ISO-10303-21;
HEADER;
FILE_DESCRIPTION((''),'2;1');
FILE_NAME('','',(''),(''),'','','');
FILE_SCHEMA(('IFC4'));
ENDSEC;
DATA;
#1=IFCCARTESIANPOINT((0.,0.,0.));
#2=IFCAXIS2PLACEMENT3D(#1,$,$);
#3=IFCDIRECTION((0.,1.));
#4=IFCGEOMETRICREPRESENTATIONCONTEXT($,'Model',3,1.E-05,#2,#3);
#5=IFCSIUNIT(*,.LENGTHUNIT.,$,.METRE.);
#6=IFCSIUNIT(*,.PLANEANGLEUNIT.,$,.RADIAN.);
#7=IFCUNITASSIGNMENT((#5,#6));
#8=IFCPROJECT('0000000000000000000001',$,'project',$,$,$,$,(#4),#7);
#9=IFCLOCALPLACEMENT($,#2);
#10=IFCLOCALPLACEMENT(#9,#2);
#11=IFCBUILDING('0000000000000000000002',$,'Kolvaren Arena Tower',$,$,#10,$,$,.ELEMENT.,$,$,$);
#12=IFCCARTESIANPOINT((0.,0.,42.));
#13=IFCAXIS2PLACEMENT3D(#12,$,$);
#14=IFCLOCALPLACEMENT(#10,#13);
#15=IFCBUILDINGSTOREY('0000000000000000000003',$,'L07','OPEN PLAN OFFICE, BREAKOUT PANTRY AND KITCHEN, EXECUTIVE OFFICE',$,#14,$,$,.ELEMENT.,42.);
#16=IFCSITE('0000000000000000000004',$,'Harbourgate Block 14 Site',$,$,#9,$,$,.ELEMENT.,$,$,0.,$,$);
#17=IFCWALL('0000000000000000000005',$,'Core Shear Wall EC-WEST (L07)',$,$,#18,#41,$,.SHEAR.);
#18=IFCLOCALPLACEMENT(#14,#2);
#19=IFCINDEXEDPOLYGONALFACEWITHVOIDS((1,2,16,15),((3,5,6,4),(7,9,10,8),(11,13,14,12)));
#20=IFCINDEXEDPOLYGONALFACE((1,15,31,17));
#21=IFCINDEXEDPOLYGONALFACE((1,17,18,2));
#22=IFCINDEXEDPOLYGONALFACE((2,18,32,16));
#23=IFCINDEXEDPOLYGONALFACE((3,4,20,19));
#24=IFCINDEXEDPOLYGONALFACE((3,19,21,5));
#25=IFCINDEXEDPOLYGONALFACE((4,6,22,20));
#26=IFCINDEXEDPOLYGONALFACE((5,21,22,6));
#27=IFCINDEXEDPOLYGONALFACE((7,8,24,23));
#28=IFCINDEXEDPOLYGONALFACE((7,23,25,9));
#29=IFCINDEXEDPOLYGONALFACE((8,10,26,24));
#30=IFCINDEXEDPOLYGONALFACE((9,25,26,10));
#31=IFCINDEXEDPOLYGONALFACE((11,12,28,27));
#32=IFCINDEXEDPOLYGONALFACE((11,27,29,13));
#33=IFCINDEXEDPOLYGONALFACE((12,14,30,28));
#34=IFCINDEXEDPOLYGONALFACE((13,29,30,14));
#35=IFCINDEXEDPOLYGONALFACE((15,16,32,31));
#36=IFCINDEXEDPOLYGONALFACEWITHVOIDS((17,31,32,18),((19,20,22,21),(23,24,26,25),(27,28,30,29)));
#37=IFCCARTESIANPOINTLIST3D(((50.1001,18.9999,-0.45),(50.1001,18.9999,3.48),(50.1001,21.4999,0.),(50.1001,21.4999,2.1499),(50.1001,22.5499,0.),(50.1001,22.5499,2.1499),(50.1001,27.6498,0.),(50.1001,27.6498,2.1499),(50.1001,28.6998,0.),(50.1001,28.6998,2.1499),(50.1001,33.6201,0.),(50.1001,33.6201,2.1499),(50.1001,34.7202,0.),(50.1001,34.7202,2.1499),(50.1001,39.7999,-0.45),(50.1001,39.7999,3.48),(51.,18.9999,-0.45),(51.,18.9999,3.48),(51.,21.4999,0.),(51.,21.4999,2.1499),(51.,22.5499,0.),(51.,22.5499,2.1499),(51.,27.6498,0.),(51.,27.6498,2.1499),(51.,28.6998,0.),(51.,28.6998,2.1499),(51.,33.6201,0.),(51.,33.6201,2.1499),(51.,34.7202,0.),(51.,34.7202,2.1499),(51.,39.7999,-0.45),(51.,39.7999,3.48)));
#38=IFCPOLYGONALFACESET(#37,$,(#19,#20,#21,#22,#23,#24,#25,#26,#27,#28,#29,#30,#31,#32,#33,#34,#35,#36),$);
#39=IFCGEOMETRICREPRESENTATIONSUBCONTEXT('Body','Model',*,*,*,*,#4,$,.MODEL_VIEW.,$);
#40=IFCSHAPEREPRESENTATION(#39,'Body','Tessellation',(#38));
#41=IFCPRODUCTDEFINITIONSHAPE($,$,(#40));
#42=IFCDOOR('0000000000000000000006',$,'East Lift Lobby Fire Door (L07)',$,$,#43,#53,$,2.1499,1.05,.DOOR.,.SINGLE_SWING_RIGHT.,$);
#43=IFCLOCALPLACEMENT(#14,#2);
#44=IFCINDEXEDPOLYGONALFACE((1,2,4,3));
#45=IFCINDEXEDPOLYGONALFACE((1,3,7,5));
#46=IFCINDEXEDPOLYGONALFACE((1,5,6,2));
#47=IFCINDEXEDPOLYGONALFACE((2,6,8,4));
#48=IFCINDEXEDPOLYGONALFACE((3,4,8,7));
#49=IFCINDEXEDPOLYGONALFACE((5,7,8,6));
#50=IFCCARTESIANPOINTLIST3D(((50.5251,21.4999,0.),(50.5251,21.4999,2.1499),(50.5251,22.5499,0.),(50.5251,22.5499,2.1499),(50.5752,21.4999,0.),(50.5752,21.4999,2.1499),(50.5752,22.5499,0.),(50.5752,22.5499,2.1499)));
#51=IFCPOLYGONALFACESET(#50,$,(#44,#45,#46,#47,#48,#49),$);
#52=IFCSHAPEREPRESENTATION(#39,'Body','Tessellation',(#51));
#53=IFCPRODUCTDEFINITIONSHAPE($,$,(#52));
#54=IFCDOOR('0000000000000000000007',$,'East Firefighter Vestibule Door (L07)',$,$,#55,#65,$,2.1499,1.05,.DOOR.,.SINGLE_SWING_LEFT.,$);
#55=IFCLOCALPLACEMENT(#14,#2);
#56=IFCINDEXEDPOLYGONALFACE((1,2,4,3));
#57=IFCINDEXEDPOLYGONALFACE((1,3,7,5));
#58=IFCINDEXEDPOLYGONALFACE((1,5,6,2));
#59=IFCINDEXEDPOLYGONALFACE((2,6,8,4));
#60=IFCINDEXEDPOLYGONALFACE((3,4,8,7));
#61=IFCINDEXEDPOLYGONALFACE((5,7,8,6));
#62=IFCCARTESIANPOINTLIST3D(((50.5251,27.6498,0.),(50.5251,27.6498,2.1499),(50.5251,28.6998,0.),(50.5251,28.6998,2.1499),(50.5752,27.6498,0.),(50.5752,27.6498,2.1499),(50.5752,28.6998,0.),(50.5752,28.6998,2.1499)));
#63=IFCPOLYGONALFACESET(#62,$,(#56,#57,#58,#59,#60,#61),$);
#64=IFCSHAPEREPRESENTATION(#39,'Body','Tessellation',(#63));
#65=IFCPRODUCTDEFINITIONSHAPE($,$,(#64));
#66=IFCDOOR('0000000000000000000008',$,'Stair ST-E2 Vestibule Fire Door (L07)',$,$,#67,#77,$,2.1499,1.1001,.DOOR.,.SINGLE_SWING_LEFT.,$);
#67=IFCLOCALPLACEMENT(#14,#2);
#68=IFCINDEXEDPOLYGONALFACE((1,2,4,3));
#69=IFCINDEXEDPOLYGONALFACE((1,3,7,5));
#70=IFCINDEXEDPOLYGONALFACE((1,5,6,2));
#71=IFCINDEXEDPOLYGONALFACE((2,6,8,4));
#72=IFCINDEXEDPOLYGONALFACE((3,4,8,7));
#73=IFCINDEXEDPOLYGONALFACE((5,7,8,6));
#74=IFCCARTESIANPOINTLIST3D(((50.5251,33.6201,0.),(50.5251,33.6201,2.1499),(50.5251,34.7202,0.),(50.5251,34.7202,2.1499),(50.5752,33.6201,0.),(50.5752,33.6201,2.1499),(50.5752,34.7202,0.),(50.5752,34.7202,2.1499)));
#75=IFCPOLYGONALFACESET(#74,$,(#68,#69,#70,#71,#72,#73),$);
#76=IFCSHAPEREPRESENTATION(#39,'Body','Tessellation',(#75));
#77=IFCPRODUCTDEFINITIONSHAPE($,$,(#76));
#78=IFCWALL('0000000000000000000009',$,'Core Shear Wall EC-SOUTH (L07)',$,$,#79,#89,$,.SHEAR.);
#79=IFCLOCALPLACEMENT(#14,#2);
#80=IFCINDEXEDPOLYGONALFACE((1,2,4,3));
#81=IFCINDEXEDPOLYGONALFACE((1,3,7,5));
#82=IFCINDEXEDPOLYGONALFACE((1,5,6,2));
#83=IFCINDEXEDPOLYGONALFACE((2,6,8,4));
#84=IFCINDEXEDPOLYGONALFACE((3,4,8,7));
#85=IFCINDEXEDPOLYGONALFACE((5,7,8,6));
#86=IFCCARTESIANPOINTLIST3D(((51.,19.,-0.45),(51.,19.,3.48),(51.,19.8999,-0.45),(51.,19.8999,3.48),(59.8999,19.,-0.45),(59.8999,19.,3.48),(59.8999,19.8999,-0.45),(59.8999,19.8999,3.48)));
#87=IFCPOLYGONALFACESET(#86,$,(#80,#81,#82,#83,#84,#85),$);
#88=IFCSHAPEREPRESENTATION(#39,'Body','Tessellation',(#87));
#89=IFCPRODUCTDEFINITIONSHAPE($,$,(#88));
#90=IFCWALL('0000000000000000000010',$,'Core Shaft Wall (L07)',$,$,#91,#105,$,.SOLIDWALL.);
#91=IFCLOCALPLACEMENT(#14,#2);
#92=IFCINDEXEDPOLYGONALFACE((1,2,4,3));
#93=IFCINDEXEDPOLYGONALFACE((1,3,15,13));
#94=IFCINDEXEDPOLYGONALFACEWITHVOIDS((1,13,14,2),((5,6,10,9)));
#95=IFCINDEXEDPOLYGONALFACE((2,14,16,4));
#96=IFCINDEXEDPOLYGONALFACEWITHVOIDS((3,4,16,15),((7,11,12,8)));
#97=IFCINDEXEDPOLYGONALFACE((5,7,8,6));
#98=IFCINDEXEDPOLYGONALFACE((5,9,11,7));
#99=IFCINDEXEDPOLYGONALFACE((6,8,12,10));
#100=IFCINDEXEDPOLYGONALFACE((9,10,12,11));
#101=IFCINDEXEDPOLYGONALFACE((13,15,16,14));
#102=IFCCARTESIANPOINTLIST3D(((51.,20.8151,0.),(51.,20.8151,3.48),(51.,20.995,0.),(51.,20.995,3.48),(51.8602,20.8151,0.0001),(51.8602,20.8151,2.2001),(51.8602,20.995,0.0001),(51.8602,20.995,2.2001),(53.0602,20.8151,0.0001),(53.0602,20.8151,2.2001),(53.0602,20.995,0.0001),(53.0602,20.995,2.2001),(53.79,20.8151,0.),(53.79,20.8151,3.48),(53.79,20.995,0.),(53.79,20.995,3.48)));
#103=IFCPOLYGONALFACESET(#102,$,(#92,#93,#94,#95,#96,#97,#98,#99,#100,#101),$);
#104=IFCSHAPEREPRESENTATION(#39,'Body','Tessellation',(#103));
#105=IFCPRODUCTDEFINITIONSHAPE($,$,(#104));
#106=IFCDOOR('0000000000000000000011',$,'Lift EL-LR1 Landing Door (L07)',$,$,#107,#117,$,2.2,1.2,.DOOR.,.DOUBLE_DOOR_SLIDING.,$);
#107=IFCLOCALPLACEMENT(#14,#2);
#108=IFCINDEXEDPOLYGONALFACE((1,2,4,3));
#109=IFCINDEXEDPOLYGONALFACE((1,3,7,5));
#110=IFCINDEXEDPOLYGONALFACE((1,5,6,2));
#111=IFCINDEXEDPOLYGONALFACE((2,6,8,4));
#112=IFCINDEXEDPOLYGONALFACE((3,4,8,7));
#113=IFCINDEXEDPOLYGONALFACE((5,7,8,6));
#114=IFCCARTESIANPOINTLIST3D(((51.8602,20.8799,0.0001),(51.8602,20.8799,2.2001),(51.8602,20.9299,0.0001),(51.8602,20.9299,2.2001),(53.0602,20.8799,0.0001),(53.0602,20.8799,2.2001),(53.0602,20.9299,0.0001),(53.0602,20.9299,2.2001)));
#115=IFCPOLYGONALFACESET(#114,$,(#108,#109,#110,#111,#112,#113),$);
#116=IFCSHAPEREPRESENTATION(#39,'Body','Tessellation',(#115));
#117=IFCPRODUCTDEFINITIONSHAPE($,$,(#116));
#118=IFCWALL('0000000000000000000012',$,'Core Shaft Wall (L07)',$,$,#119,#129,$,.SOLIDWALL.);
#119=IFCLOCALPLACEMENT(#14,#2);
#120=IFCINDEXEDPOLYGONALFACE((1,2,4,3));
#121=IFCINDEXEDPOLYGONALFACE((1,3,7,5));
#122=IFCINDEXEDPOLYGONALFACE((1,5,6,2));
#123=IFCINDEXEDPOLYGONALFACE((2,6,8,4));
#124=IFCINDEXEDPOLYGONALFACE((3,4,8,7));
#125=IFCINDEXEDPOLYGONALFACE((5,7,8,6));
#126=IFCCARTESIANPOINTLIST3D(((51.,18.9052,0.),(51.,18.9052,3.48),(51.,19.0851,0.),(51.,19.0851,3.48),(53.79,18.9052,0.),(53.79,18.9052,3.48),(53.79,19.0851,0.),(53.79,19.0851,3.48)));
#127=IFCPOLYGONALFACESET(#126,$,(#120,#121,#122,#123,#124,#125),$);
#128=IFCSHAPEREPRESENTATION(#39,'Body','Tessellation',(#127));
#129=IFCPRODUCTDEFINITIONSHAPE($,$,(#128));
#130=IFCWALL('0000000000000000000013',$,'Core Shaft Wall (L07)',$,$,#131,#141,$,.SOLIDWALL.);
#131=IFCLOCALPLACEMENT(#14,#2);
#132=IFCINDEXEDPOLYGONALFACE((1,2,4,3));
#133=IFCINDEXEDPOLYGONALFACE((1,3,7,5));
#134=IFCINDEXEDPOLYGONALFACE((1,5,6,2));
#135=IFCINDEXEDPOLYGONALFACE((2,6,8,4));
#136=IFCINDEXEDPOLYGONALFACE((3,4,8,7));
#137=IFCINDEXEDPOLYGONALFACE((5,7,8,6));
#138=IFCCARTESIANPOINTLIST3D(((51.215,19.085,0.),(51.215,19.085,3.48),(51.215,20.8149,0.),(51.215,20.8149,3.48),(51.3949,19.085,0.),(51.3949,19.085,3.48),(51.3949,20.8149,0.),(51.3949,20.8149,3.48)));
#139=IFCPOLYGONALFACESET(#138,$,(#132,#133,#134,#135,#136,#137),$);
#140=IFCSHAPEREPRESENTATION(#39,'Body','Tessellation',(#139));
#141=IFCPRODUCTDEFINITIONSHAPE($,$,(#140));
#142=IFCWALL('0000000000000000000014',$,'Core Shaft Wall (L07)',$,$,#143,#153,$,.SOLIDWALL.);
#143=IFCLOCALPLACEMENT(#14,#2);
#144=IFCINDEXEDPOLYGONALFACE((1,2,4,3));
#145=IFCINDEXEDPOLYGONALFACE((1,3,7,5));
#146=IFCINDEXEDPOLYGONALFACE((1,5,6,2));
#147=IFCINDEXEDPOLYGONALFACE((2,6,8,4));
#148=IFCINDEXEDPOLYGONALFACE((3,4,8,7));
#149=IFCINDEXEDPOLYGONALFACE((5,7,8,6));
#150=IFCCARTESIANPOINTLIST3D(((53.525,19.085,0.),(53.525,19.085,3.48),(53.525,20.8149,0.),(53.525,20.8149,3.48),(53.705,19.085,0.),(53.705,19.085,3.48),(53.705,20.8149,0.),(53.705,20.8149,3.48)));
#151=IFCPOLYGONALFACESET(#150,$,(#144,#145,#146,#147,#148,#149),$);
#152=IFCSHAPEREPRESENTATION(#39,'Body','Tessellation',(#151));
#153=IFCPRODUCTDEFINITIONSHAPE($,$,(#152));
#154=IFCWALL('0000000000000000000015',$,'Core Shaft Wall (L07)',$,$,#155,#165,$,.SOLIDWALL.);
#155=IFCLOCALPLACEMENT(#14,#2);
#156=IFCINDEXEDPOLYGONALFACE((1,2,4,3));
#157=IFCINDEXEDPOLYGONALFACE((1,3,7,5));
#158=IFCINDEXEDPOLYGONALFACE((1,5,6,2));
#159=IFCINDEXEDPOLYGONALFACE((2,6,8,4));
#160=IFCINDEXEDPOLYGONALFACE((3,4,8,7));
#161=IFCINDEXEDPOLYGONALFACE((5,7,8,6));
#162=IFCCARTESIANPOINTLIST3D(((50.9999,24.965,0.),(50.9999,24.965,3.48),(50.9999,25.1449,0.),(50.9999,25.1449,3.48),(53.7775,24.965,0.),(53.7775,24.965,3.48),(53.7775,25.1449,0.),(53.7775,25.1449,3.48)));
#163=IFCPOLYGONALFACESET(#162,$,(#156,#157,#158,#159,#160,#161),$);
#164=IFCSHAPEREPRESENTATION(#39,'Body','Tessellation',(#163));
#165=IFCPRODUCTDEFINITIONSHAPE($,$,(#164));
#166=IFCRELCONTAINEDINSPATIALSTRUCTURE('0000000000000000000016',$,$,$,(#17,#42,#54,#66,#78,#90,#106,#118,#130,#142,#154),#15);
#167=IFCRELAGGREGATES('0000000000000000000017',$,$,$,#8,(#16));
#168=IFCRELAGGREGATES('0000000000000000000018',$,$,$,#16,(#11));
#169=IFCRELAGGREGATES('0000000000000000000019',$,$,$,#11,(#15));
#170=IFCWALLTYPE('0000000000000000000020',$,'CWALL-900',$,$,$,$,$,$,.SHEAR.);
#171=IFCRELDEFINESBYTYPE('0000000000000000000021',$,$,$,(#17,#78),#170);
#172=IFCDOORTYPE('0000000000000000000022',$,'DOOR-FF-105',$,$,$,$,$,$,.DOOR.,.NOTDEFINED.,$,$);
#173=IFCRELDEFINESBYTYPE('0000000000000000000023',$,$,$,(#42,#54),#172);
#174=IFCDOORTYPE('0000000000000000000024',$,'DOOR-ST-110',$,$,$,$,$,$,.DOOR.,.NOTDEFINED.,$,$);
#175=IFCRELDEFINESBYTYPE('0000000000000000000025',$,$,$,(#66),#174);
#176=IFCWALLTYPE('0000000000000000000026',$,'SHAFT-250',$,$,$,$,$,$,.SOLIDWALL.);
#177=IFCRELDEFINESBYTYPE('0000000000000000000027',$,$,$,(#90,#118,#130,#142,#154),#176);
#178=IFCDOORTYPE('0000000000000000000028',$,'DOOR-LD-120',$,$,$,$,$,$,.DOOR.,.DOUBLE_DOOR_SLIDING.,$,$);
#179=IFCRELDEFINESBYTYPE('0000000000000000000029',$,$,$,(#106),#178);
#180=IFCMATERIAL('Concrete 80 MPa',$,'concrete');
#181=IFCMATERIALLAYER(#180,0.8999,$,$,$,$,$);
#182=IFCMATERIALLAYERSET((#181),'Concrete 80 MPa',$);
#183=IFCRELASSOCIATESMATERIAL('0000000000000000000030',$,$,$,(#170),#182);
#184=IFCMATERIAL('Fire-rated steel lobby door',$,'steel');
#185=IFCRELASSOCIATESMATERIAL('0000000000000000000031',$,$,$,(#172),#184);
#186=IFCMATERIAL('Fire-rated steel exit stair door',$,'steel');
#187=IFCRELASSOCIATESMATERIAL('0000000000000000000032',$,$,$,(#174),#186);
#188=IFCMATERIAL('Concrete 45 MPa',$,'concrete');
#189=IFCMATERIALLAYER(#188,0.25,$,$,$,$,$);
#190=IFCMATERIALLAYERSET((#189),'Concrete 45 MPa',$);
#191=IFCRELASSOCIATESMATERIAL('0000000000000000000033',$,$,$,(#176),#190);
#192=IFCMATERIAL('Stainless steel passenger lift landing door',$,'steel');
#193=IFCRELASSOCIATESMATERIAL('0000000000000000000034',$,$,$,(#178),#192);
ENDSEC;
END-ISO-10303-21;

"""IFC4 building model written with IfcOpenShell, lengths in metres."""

from ifc_helpers import new_model, si_unit, direction, frame, frame_2d, origin, place, context, subcontext, project, spatial, rectangle, extrude, material, layer, layer_set, type_object, element, fill, save


model = new_model("IFC4")

# Units and contexts
model_context = context("Model", 3, precision=1e-05, world=origin(), true_north=direction((0.0, 1.0)))
body_context = subcontext(model_context, "Body", "Model", "MODEL_VIEW")
ifc_project = project(units=[si_unit("LENGTHUNIT", "METRE"), si_unit("PLANEANGLEUNIT", "RADIAN")], contexts=[model_context])

# Site, building, storey
site_placement = place(None, origin())
site = spatial("IfcSite", under=ifc_project, at=site_placement, Name="Harbourgate Block 14 Site", CompositionType="ELEMENT", RefElevation=0.0)
building_placement = place(site_placement, origin())
building = spatial("IfcBuilding", under=site, at=building_placement, Name="Kolvaren Arena Tower", CompositionType="ELEMENT")
storey_placement = place(building_placement, frame((0.0, 0.0, 42.0)))
storey = spatial("IfcBuildingStorey", under=building, at=storey_placement, Name="L07", Description="OPEN PLAN OFFICE, BREAKOUT PANTRY AND KITCHEN, EXECUTIVE OFFICE", CompositionType="ELEMENT", Elevation=42.0)

# Wall, openings, doors
ifc_material_1 = material(Name="Concrete 80 MPa", Category="concrete")
ifc_layer_1 = layer(ifc_material_1, 0.8999)
ifc_layer_set_1 = layer_set([ifc_layer_1], Name="Concrete 80 MPa")
wall_type_1 = type_object("IfcWallType", Name="CWALL-900", PredefinedType="SHEAR", material=ifc_layer_set_1)
wall_1_placement = place(storey_placement, frame((50.55, 19.0, -0.45), z_axis=(0.0, 0.0, 1.0), x_axis=(0.0, 1.0, 0.0)))
wall_1 = element("IfcWall", 1, at=wall_1_placement, inside=storey, type_object=wall_type_1, Name="Core Shear Wall EC-WEST (L07)", PredefinedType="SHEAR", context=body_context, shape_type="SweptSolid", body=[
    extrude(rectangle(XDim=20.8, YDim=0.8999, at=frame_2d((10.3999, 0.0))), origin(), (0.0, 0.0, 1.0), 3.9299),
])
opening_1_placement = place(wall_1_placement, frame((2.5, 0.0, 0.45)))
opening_1 = element("IfcOpeningElement", 2, at=opening_1_placement, cuts=wall_1, PredefinedType="OPENING", context=body_context, shape_type="SweptSolid", body=[
    extrude(rectangle(XDim=1.05, YDim=2.1499, at=frame_2d((0.5249, 1.075))), frame((0.0, 0.46, 0.0), z_axis=(0.0, -1.0, 0.0), x_axis=(1.0, 0.0, 0.0)), (0.0, 0.0, 1.0), 0.9199),
])
opening_2_placement = place(wall_1_placement, frame((8.6499, 0.0, 0.45)))
opening_2 = element("IfcOpeningElement", 3, at=opening_2_placement, cuts=wall_1, PredefinedType="OPENING", context=body_context, shape_type="SweptSolid", body=[
    extrude(rectangle(XDim=1.05, YDim=2.1499, at=frame_2d((0.5249, 1.075))), frame((0.0, 0.46, 0.0), z_axis=(0.0, -1.0, 0.0), x_axis=(1.0, 0.0, 0.0)), (0.0, 0.0, 1.0), 0.9199),
])
opening_3_placement = place(wall_1_placement, frame((14.6201, 0.0, 0.45)))
opening_3 = element("IfcOpeningElement", 4, at=opening_3_placement, cuts=wall_1, PredefinedType="OPENING", context=body_context, shape_type="SweptSolid", body=[
    extrude(rectangle(XDim=1.1001, YDim=2.1499, at=frame_2d((0.55, 1.075))), frame((0.0, 0.46, 0.0), z_axis=(0.0, -1.0, 0.0), x_axis=(1.0, 0.0, 0.0)), (0.0, 0.0, 1.0), 0.9199),
])
ifc_material_2 = material(Name="Fire-rated steel lobby door", Category="steel")
door_type_1 = type_object("IfcDoorType", Name="DOOR-FF-105", OperationType="NOTDEFINED", PredefinedType="DOOR", material=ifc_material_2)
door_1_placement = place(opening_1_placement, origin())
door_1 = element("IfcDoor", 5, at=door_1_placement, inside=storey, type_object=door_type_1, Name="East Lift Lobby Fire Door (L07)", OperationType="SINGLE_SWING_RIGHT", OverallHeight=2.1499, OverallWidth=1.05, PredefinedType="DOOR", context=body_context, shape_type="SweptSolid", body=[
    extrude(rectangle(XDim=1.05, YDim=2.1499, at=frame_2d((0.5249, 1.075))), frame((0.0, 0.0249, 0.0), z_axis=(0.0, -1.0, 0.0), x_axis=(1.0, 0.0, 0.0)), (0.0, 0.0, 1.0), 0.05),
])
fill(opening_1, door_1)
door_2_placement = place(opening_2_placement, origin())
door_2 = element("IfcDoor", 6, at=door_2_placement, inside=storey, type_object=door_type_1, Name="East Firefighter Vestibule Door (L07)", OperationType="SINGLE_SWING_LEFT", OverallHeight=2.1499, OverallWidth=1.05, PredefinedType="DOOR", context=body_context, shape_type="SweptSolid", body=[
    extrude(rectangle(XDim=1.05, YDim=2.1499, at=frame_2d((0.5249, 1.075))), frame((0.0, 0.0249, 0.0), z_axis=(0.0, -1.0, 0.0), x_axis=(1.0, 0.0, 0.0)), (0.0, 0.0, 1.0), 0.05),
])
fill(opening_2, door_2)
ifc_material_3 = material(Name="Fire-rated steel exit stair door", Category="steel")
door_type_2 = type_object("IfcDoorType", Name="DOOR-ST-110", OperationType="NOTDEFINED", PredefinedType="DOOR", material=ifc_material_3)
door_3_placement = place(opening_3_placement, origin())
door_3 = element("IfcDoor", 7, at=door_3_placement, inside=storey, type_object=door_type_2, Name="Stair ST-E2 Vestibule Fire Door (L07)", OperationType="SINGLE_SWING_LEFT", OverallHeight=2.1499, OverallWidth=1.1001, PredefinedType="DOOR", context=body_context, shape_type="SweptSolid", body=[
    extrude(rectangle(XDim=1.1001, YDim=2.1499, at=frame_2d((0.55, 1.075))), frame((0.0, 0.0249, 0.0), z_axis=(0.0, -1.0, 0.0), x_axis=(1.0, 0.0, 0.0)), (0.0, 0.0, 1.0), 0.05),
])
fill(opening_3, door_3)

# Wall
wall_2_placement = place(storey_placement, frame((51.0, 19.45, -0.45), z_axis=(0.0, 0.0, 1.0), x_axis=(1.0, 0.0, 0.0)))
element("IfcWall", 8, at=wall_2_placement, inside=storey, type_object=wall_type_1, Name="Core Shear Wall EC-SOUTH (L07)", PredefinedType="SHEAR", context=body_context, shape_type="SweptSolid", body=[
    extrude(rectangle(XDim=8.8999, YDim=0.8999, at=frame_2d((4.45, 0.0))), origin(), (0.0, 0.0, 1.0), 3.9299),
])

# Wall, opening, door
ifc_material_4 = material(Name="Concrete 45 MPa", Category="concrete")
ifc_layer_2 = layer(ifc_material_4, 0.25)
ifc_layer_set_2 = layer_set([ifc_layer_2], Name="Concrete 45 MPa")
wall_type_2 = type_object("IfcWallType", Name="SHAFT-250", PredefinedType="SOLIDWALL", material=ifc_layer_set_2)
wall_3_placement = place(storey_placement, frame((51.0, 20.905, 0.0), z_axis=(0.0, 0.0, 1.0), x_axis=(1.0, 0.0, 0.0)))
wall_3 = element("IfcWall", 9, at=wall_3_placement, inside=storey, type_object=wall_type_2, Name="Core Shaft Wall (L07)", PredefinedType="SOLIDWALL", context=body_context, shape_type="SweptSolid", body=[
    extrude(rectangle(XDim=2.79, YDim=0.1799, at=frame_2d((1.395, 0.0))), origin(), (0.0, 0.0, 1.0), 3.48),
])
opening_4_placement = place(wall_3_placement, frame((0.8601, 0.0, 0.0)))
opening_4 = element("IfcOpeningElement", 10, at=opening_4_placement, cuts=wall_3, PredefinedType="OPENING", context=body_context, shape_type="SweptSolid", body=[
    extrude(rectangle(XDim=1.2, YDim=2.2, at=frame_2d((0.6001, 1.1001))), frame((0.0, 0.0999, 0.0), z_axis=(0.0, -1.0, 0.0), x_axis=(1.0, 0.0, 0.0)), (0.0, 0.0, 1.0), 0.2),
])
ifc_material_5 = material(Name="Stainless steel passenger lift landing door", Category="steel")
door_type_3 = type_object("IfcDoorType", Name="DOOR-LD-120", OperationType="DOUBLE_DOOR_SLIDING", PredefinedType="DOOR", material=ifc_material_5)
door_4_placement = place(opening_4_placement, origin())
door_4 = element("IfcDoor", 11, at=door_4_placement, inside=storey, type_object=door_type_3, Name="Lift EL-LR1 Landing Door (L07)", OperationType="DOUBLE_DOOR_SLIDING", OverallHeight=2.2, OverallWidth=1.2, PredefinedType="DOOR", context=body_context, shape_type="SweptSolid", body=[
    extrude(rectangle(XDim=1.2, YDim=2.2, at=frame_2d((0.6001, 1.1001))), frame((0.0, 0.0249, 0.0), z_axis=(0.0, -1.0, 0.0), x_axis=(1.0, 0.0, 0.0)), (0.0, 0.0, 1.0), 0.05),
])
fill(opening_4, door_4)

# Walls
wall_4_placement = place(storey_placement, frame((51.0, 18.9951, 0.0), z_axis=(0.0, 0.0, 1.0), x_axis=(1.0, 0.0, 0.0)))
element("IfcWall", 12, at=wall_4_placement, inside=storey, type_object=wall_type_2, Name="Core Shaft Wall (L07)", PredefinedType="SOLIDWALL", context=body_context, shape_type="SweptSolid", body=[
    extrude(rectangle(XDim=2.79, YDim=0.1799, at=frame_2d((1.395, 0.0))), origin(), (0.0, 0.0, 1.0), 3.48),
])
for number, where, z_axis, x_axis, name in (
    (13, (51.3049, 19.085, 0.0), (0.0, 0.0, 1.0), (0.0, 1.0, 0.0), "Core Shaft Wall (L07)"),
    (14, (53.615, 19.085, 0.0), (0.0, 0.0, 1.0), (0.0, 1.0, 0.0), "Core Shaft Wall (L07)"),
):
    element("IfcWall", number, at=place(storey_placement, frame(where, z_axis=z_axis, x_axis=x_axis)), inside=storey, type_object=wall_type_2, Name=name, PredefinedType="SOLIDWALL", context=body_context, shape_type="SweptSolid", body=[
        extrude(rectangle(XDim=1.73, YDim=0.1799, at=frame_2d((0.865, 0.0))), origin(), (0.0, 0.0, 1.0), 3.48),
    ])
wall_5_placement = place(storey_placement, frame((51.0, 25.0549, 0.0), z_axis=(0.0, 0.0, 1.0), x_axis=(1.0, 0.0, 0.0)))
element("IfcWall", 15, at=wall_5_placement, inside=storey, type_object=wall_type_2, Name="Core Shaft Wall (L07)", PredefinedType="SOLIDWALL", context=body_context, shape_type="SweptSolid", body=[
    extrude(rectangle(XDim=2.7776, YDim=0.1799, at=frame_2d((1.3887, 0.0))), origin(), (0.0, 0.0, 1.0), 3.48),
])

save(model, "model.ifc")
